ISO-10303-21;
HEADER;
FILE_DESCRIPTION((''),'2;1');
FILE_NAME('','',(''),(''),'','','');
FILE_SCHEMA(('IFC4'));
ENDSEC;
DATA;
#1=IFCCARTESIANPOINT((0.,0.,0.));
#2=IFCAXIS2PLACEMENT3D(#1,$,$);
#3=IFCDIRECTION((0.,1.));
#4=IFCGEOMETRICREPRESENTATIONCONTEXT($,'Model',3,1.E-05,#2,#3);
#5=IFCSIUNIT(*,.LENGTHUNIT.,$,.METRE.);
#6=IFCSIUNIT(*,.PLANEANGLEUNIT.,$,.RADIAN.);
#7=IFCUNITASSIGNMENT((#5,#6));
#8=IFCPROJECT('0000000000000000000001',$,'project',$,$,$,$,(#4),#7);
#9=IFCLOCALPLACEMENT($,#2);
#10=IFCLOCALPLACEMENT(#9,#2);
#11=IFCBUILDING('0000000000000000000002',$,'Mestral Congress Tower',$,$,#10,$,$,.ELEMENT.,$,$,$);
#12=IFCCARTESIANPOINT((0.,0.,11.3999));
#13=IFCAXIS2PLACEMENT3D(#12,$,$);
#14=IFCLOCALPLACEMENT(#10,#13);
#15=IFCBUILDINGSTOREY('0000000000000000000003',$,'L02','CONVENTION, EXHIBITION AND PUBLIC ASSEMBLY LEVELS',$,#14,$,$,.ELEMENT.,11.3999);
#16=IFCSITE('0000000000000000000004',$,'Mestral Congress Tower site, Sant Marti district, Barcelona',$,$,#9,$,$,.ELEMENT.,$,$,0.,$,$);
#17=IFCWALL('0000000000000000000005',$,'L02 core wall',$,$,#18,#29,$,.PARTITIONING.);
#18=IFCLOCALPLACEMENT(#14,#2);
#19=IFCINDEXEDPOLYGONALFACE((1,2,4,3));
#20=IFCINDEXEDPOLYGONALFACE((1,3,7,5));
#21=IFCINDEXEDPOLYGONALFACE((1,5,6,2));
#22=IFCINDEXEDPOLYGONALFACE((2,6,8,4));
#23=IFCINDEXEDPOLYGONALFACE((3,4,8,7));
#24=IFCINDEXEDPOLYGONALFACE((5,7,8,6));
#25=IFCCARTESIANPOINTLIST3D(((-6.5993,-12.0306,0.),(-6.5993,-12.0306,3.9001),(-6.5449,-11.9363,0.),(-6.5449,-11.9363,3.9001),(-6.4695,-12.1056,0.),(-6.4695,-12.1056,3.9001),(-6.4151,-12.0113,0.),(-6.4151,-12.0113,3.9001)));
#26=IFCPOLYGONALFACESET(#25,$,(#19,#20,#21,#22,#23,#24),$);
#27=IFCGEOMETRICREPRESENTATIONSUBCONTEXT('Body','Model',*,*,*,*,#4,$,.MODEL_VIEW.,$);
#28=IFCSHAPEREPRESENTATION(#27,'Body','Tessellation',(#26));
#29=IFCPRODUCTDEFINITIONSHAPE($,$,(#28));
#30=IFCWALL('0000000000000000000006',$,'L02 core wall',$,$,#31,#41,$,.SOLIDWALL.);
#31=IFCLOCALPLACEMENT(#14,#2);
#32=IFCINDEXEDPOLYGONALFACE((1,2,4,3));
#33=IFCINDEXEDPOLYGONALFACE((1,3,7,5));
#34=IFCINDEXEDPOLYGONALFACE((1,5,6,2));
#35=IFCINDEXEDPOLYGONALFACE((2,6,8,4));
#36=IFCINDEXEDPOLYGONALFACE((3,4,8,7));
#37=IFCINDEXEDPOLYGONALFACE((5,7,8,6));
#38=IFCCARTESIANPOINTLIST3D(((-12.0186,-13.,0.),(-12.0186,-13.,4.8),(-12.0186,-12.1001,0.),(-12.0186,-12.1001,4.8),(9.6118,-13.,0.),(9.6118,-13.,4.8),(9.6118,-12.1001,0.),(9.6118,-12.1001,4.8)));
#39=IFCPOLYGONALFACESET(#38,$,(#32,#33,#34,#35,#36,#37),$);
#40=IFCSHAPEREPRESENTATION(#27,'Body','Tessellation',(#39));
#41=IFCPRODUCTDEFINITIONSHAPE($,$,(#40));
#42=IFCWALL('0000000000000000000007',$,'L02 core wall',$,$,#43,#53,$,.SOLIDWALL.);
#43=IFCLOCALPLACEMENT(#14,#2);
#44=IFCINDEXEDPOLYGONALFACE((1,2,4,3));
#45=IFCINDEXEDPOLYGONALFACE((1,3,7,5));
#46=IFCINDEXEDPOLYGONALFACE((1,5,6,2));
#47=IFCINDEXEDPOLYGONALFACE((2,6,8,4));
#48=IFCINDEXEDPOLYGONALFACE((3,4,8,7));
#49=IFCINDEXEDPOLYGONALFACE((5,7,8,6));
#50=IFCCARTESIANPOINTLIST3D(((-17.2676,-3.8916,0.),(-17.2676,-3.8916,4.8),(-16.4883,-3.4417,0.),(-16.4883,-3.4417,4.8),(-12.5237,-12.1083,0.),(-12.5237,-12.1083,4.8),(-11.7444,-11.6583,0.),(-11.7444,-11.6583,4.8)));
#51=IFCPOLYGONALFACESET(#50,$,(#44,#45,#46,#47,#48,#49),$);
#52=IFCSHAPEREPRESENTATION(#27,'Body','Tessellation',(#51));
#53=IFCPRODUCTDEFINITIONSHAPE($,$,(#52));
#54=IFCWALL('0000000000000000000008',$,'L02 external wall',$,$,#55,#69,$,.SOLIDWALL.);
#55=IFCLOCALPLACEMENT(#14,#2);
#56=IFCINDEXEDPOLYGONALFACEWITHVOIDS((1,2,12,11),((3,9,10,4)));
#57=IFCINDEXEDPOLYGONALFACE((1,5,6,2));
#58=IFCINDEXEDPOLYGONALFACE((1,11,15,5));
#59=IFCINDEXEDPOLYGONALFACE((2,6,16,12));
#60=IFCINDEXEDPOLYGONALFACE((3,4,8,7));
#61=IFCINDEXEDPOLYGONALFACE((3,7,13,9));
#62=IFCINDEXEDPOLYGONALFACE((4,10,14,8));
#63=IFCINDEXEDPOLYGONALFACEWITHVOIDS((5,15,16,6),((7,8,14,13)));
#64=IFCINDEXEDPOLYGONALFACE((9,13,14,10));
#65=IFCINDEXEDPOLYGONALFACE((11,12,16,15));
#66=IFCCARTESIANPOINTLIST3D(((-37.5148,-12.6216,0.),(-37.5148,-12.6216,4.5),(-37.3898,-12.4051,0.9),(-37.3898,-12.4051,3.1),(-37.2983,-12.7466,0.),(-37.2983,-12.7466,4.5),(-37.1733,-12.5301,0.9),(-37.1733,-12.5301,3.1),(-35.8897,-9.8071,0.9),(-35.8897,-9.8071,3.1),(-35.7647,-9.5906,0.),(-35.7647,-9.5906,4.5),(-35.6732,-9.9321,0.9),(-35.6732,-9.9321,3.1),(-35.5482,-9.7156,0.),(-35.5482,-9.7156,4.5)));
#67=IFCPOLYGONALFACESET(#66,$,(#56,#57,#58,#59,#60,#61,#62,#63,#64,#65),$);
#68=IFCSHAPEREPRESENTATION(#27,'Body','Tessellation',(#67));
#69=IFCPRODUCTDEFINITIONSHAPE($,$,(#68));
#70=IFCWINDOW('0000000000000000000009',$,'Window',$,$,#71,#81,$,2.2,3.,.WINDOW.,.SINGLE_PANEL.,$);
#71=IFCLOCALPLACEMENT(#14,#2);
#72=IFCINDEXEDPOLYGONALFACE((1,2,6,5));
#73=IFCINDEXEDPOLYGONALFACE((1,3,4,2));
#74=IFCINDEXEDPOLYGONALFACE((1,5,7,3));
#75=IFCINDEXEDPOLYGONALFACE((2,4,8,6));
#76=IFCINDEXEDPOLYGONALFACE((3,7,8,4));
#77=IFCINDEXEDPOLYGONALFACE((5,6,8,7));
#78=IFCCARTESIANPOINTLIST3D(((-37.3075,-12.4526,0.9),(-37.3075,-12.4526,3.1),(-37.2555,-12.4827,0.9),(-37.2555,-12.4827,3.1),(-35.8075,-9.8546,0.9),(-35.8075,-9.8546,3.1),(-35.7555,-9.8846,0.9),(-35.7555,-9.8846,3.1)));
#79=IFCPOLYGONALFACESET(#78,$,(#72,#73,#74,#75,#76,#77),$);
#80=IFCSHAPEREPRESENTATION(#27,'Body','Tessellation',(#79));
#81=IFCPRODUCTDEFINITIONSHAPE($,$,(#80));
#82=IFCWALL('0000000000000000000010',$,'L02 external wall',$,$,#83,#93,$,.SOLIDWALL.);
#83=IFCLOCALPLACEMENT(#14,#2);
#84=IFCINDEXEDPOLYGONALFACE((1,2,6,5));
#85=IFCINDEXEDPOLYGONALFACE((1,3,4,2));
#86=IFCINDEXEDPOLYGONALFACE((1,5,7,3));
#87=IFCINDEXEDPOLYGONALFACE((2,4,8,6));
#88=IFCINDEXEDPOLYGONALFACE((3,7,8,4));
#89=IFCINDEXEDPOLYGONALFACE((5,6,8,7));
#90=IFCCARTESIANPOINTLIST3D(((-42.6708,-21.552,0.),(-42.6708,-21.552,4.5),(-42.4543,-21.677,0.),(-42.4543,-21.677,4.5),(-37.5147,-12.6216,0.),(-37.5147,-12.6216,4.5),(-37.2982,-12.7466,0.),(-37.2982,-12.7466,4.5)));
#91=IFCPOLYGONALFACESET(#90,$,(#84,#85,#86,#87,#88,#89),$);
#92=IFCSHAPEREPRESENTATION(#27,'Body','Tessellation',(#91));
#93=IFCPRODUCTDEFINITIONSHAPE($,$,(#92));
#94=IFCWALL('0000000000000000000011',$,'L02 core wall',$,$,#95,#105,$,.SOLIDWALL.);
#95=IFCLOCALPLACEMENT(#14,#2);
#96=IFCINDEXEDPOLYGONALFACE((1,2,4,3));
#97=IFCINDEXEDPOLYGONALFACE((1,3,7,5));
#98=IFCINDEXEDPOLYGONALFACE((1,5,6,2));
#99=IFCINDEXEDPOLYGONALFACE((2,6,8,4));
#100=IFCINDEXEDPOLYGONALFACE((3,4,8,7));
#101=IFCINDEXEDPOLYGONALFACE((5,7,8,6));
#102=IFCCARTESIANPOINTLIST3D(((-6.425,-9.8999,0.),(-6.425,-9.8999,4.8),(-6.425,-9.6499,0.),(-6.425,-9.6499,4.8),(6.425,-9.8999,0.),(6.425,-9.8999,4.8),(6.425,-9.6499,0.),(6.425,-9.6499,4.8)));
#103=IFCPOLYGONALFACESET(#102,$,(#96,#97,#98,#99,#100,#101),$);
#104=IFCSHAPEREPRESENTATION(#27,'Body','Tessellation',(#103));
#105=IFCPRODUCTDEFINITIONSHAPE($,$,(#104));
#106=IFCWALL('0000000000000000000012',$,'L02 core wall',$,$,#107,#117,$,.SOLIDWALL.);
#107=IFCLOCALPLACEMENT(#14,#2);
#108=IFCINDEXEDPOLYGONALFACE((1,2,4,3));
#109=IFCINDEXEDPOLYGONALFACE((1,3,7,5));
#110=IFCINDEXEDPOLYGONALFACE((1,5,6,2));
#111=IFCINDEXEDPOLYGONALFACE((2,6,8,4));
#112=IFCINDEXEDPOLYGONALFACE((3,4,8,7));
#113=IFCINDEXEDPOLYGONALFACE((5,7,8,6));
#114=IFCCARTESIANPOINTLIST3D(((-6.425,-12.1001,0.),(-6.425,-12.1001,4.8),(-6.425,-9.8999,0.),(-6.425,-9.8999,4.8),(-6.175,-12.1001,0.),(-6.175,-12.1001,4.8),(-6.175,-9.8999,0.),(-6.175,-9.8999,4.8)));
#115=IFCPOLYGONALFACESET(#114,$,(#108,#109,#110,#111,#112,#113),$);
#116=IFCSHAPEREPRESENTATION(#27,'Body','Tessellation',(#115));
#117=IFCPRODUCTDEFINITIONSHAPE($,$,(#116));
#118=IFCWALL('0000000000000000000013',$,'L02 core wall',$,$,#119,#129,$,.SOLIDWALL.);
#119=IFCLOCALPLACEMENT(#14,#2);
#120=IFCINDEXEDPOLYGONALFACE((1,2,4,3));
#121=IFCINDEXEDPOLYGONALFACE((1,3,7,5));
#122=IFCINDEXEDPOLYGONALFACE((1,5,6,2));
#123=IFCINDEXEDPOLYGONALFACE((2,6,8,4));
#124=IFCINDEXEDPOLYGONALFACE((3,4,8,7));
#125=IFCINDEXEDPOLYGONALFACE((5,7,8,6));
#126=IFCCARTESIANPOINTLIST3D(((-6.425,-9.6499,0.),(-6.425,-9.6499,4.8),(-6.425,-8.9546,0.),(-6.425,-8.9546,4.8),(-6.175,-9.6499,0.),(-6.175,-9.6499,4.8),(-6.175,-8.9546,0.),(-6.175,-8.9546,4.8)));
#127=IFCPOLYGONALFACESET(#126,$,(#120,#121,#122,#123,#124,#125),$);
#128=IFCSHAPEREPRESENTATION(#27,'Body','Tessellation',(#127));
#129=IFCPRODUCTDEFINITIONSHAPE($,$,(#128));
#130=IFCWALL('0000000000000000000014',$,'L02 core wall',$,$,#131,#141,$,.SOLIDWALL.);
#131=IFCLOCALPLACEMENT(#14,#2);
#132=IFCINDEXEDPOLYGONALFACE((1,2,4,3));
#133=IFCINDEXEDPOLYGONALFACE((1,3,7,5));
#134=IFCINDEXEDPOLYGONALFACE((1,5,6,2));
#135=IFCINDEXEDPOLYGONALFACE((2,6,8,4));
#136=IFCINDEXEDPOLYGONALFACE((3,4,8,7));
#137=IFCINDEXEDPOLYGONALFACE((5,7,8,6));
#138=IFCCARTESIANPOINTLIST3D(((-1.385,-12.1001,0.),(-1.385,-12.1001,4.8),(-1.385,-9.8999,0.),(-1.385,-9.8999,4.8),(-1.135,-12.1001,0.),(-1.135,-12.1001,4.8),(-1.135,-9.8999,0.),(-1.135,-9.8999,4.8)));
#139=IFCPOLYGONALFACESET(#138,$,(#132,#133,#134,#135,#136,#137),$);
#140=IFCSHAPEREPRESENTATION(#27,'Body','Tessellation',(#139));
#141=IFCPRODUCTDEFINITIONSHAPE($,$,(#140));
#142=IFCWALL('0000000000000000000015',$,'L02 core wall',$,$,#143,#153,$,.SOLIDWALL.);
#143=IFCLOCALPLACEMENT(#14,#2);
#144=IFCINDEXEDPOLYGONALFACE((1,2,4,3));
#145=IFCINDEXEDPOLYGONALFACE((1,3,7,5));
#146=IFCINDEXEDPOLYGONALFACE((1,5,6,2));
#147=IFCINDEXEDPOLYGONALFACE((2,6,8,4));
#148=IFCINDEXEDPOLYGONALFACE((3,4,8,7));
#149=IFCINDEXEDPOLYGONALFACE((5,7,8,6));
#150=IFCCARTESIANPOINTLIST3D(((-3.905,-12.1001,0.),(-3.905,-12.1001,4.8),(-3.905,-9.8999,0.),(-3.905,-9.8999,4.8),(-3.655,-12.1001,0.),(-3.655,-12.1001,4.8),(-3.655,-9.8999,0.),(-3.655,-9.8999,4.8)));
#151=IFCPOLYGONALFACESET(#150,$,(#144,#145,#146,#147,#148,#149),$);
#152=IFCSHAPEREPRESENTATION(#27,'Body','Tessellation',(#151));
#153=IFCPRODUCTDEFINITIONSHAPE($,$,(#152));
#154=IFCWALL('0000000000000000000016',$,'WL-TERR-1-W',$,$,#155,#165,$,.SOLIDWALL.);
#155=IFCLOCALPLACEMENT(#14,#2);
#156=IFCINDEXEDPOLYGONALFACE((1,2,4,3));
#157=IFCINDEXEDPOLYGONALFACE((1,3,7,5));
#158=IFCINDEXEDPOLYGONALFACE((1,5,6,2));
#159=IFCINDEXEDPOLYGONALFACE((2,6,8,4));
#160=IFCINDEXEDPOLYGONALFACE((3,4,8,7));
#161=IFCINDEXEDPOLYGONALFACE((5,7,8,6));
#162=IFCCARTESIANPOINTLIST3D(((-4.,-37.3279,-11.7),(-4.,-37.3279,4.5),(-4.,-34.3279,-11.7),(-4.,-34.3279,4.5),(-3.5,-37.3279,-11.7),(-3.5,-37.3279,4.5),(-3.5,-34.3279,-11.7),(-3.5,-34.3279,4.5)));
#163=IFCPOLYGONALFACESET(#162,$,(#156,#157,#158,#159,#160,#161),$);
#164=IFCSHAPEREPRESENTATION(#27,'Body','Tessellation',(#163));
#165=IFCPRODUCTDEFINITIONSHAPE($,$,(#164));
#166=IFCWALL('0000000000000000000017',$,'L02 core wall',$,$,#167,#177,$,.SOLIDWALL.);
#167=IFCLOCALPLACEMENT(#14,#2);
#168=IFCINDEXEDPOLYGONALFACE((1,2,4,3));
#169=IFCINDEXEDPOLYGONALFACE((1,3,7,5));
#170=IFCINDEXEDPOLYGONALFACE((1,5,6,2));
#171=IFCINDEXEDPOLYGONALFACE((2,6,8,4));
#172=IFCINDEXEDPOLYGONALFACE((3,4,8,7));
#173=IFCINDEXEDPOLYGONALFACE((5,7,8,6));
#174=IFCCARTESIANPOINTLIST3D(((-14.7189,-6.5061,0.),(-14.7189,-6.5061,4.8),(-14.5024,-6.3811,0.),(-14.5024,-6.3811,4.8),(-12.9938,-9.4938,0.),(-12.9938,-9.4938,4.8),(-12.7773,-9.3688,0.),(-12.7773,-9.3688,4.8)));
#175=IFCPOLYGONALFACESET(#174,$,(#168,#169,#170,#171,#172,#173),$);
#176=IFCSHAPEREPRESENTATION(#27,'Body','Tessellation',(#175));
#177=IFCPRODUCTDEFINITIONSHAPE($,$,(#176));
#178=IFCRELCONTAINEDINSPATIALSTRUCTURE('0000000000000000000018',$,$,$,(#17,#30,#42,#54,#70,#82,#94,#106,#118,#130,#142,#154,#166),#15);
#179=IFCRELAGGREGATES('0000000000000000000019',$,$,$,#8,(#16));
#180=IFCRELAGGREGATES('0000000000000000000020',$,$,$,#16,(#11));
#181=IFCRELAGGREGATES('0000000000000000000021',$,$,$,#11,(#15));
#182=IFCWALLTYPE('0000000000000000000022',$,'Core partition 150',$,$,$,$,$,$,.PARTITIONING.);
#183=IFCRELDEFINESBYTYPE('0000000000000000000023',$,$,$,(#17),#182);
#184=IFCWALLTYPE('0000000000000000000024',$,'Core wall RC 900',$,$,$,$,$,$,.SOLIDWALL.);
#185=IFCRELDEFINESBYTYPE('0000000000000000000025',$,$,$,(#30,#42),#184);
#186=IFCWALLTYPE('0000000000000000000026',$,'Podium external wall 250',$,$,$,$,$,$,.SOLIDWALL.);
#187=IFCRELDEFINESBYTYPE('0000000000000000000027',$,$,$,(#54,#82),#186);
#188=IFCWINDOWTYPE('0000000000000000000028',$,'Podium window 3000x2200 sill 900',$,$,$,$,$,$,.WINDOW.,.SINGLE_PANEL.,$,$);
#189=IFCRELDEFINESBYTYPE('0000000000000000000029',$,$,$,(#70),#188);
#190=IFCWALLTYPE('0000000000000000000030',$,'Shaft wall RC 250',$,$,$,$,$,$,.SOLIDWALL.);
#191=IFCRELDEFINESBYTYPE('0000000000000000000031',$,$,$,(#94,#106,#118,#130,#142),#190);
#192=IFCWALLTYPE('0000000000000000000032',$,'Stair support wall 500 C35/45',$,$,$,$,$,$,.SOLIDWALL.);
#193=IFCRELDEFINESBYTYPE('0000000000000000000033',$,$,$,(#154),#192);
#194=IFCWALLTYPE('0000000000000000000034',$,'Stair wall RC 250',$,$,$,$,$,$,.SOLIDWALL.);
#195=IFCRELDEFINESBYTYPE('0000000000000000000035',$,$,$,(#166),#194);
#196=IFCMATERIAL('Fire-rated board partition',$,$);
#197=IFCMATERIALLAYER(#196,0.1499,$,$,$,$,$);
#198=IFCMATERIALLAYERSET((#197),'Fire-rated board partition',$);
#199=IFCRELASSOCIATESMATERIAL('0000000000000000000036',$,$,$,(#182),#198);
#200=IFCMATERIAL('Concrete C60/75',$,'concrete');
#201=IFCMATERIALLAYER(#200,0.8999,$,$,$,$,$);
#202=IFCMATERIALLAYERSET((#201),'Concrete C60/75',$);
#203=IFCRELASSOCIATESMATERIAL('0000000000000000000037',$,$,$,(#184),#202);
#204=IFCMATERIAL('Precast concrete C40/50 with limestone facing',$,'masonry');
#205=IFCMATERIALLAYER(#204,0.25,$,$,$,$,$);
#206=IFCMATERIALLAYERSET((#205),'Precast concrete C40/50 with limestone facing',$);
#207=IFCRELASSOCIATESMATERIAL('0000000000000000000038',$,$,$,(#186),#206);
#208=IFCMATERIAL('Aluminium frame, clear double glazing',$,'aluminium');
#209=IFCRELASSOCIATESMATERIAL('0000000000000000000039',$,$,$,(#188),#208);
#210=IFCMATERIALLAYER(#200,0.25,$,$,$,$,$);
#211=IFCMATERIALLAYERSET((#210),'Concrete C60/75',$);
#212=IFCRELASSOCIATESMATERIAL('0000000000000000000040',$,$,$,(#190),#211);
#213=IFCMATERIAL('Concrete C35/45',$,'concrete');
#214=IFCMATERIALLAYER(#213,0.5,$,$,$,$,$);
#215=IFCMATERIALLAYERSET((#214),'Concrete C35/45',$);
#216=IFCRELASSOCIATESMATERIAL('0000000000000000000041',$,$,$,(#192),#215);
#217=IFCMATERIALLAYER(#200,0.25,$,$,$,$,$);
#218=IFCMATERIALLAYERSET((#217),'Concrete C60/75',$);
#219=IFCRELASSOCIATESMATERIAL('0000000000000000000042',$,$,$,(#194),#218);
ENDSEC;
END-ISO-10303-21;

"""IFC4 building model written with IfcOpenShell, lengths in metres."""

from ifc_helpers import new_model, si_unit, direction, frame, frame_2d, origin, place, context, subcontext, project, spatial, rectangle, extrude, material, layer, layer_set, type_object, element, fill, save


model = new_model("IFC4")

# Units and contexts
model_context = context("Model", 3, precision=1e-05, world=origin(), true_north=direction((0.0, 1.0)))
body_context = subcontext(model_context, "Body", "Model", "MODEL_VIEW")
ifc_project = project(units=[si_unit("LENGTHUNIT", "METRE"), si_unit("PLANEANGLEUNIT", "RADIAN")], contexts=[model_context])

# Site, building, storey
site_placement = place(None, origin())
site = spatial("IfcSite", under=ifc_project, at=site_placement, Name="Mestral Congress Tower site, Sant Marti district, Barcelona", CompositionType="ELEMENT", RefElevation=0.0)
building_placement = place(site_placement, origin())
building = spatial("IfcBuilding", under=site, at=building_placement, Name="Mestral Congress Tower", CompositionType="ELEMENT")
storey_placement = place(building_placement, frame((0.0, 0.0, 11.3999)))
storey = spatial("IfcBuildingStorey", under=building, at=storey_placement, Name="L02", Description="CONVENTION, EXHIBITION AND PUBLIC ASSEMBLY LEVELS", CompositionType="ELEMENT", Elevation=11.3999)

# Walls
ifc_material_1 = material(Name="Fire-rated board partition")
ifc_layer_1 = layer(ifc_material_1, 0.1499)
ifc_layer_set_1 = layer_set([ifc_layer_1], Name="Fire-rated board partition")
wall_type_1 = type_object("IfcWallType", Name="Core partition 150", PredefinedType="PARTITIONING", material=ifc_layer_set_1)
wall_1_placement = place(storey_placement, frame((-6.5344, -12.0681, 0.0), z_axis=(0.0, 0.0, 1.0), x_axis=(0.50024, 0.865887, 0.0)))
element("IfcWall", 1, at=wall_1_placement, inside=storey, type_object=wall_type_1, Name="L02 core wall", PredefinedType="PARTITIONING", context=body_context, shape_type="SweptSolid", body=[
    extrude(rectangle(XDim=0.1089, YDim=0.1499, at=frame_2d((0.0544, 0.0))), origin(), (0.0, 0.0, 1.0), 3.9001),
])
ifc_material_2 = material(Name="Concrete C60/75", Category="concrete")
ifc_layer_2 = layer(ifc_material_2, 0.8999)
ifc_layer_set_2 = layer_set([ifc_layer_2], Name="Concrete C60/75")
wall_type_2 = type_object("IfcWallType", Name="Core wall RC 900", PredefinedType="SOLIDWALL", material=ifc_layer_set_2)
wall_2_placement = place(storey_placement, frame((-12.0186, -12.55, 0.0), z_axis=(0.0, 0.0, 1.0), x_axis=(1.0, 0.0, 0.0)))
element("IfcWall", 2, at=wall_2_placement, inside=storey, type_object=wall_type_2, Name="L02 core wall", PredefinedType="SOLIDWALL", context=body_context, shape_type="SweptSolid", body=[
    extrude(rectangle(XDim=21.6304, YDim=0.8999, at=frame_2d((10.8152, 0.0))), origin(), (0.0, 0.0, 1.0), 4.8),
])
wall_3_placement = place(storey_placement, frame((-12.134, -11.8833, 0.0), z_axis=(0.0, 0.0, 1.0), x_axis=(-0.500005, 0.866022, 0.0)))
element("IfcWall", 3, at=wall_3_placement, inside=storey, type_object=wall_type_2, Name="L02 core wall", PredefinedType="SOLIDWALL", context=body_context, shape_type="SweptSolid", body=[
    extrude(rectangle(XDim=9.4878, YDim=0.8999, at=frame_2d((4.7439, 0.0))), origin(), (0.0, 0.0, 1.0), 4.8),
])

# Wall, opening, window
ifc_material_3 = material(Name="Precast concrete C40/50 with limestone facing", Category="masonry")
ifc_layer_3 = layer(ifc_material_3, 0.25)
ifc_layer_set_3 = layer_set([ifc_layer_3], Name="Precast concrete C40/50 with limestone facing")
wall_type_3 = type_object("IfcWallType", Name="Podium external wall 250", PredefinedType="SOLIDWALL", material=ifc_layer_set_3)
wall_4_placement = place(storey_placement, frame((-35.6565, -9.6531, 0.0), z_axis=(0.0, 0.0, 1.0), x_axis=(-0.50001, -0.866019, 0.0)))
wall_4 = element("IfcWall", 4, at=wall_4_placement, inside=storey, type_object=wall_type_3, Name="L02 external wall", PredefinedType="SOLIDWALL", context=body_context, shape_type="SweptSolid", body=[
    extrude(rectangle(XDim=3.5, YDim=0.25, at=frame_2d((1.75, 0.0))), origin(), (0.0, 0.0, 1.0), 4.5),
])
opening_placement = place(wall_4_placement, frame((0.25, 0.0, 0.8999)))
opening = element("IfcOpeningElement", 5, at=opening_placement, cuts=wall_4, PredefinedType="OPENING", context=body_context, shape_type="SweptSolid", body=[
    extrude(rectangle(XDim=3.0, YDim=2.2, at=frame_2d((1.5, 1.1001))), frame((0.0, 0.135, 0.0), z_axis=(0.0, -1.0, 0.0), x_axis=(1.0, 0.0, 0.0)), (0.0, 0.0, 1.0), 0.27),
])
ifc_material_4 = material(Name="Aluminium frame, clear double glazing", Category="aluminium")
window_type = type_object("IfcWindowType", Name="Podium window 3000x2200 sill 900", PartitioningType="SINGLE_PANEL", PredefinedType="WINDOW", material=ifc_material_4)
window_placement = place(opening_placement, origin())
window = element("IfcWindow", 6, at=window_placement, inside=storey, type_object=window_type, Name="Window", OverallHeight=2.2, OverallWidth=3.0, PartitioningType="SINGLE_PANEL", PredefinedType="WINDOW", context=body_context, shape_type="SweptSolid", body=[
    extrude(rectangle(XDim=3.0, YDim=2.2, at=frame_2d((1.5, 1.1001))), frame((0.0, 0.03, 0.0), z_axis=(0.0, -1.0, 0.0), x_axis=(1.0, 0.0, 0.0)), (0.0, 0.0, 1.0), 0.0601),
])
fill(opening, window)

# Walls
wall_5_placement = place(storey_placement, frame((-37.4065, -12.6841, 0.0), z_axis=(0.0, 0.0, 1.0), x_axis=(-0.500002, -0.866024, 0.0)))
element("IfcWall", 7, at=wall_5_placement, inside=storey, type_object=wall_type_3, Name="L02 external wall", PredefinedType="SOLIDWALL", context=body_context, shape_type="SweptSolid", body=[
    extrude(rectangle(XDim=10.312, YDim=0.25, at=frame_2d((5.156, 0.0))), origin(), (0.0, 0.0, 1.0), 4.5),
])
ifc_layer_4 = layer(ifc_material_2, 0.25)
ifc_layer_set_4 = layer_set([ifc_layer_4], Name="Concrete C60/75")
wall_type_4 = type_object("IfcWallType", Name="Shaft wall RC 250", PredefinedType="SOLIDWALL", material=ifc_layer_set_4)
wall_6_placement = place(storey_placement, frame((-6.425, -9.7749, 0.0), z_axis=(0.0, 0.0, 1.0), x_axis=(1.0, 0.0, 0.0)))
element("IfcWall", 8, at=wall_6_placement, inside=storey, type_object=wall_type_4, Name="L02 core wall", PredefinedType="SOLIDWALL", context=body_context, shape_type="SweptSolid", body=[
    extrude(rectangle(XDim=12.8501, YDim=0.25, at=frame_2d((6.425, 0.0))), origin(), (0.0, 0.0, 1.0), 4.8),
])
wall_7_placement = place(storey_placement, frame((-6.3, -9.8999, 0.0), z_axis=(0.0, 0.0, 1.0), x_axis=(0.0, -1.0, 0.0)))
element("IfcWall", 9, at=wall_7_placement, inside=storey, type_object=wall_type_4, Name="L02 core wall", PredefinedType="SOLIDWALL", context=body_context, shape_type="SweptSolid", body=[
    extrude(rectangle(XDim=2.2002, YDim=0.25, at=frame_2d((1.1001, 0.0))), origin(), (0.0, 0.0, 1.0), 4.8),
])
wall_8_placement = place(storey_placement, frame((-6.3, -9.6499, 0.0), z_axis=(0.0, 0.0, 1.0), x_axis=(0.0, 1.0, 0.0)))
element("IfcWall", 10, at=wall_8_placement, inside=storey, type_object=wall_type_4, Name="L02 core wall", PredefinedType="SOLIDWALL", context=body_context, shape_type="SweptSolid", body=[
    extrude(rectangle(XDim=0.6953, YDim=0.25, at=frame_2d((0.3477, 0.0))), origin(), (0.0, 0.0, 1.0), 4.8),
])
for number, where, z_axis, x_axis, name in (
    (11, (-1.26, -9.8999, 0.0), (0.0, 0.0, 1.0), (0.0, -1.0, 0.0), "L02 core wall"),
    (12, (-3.78, -9.8999, 0.0), (0.0, 0.0, 1.0), (0.0, -1.0, 0.0), "L02 core wall"),
):
    element("IfcWall", number, at=place(storey_placement, frame(where, z_axis=z_axis, x_axis=x_axis)), inside=storey, type_object=wall_type_4, Name=name, PredefinedType="SOLIDWALL", context=body_context, shape_type="SweptSolid", body=[
        extrude(rectangle(XDim=2.2002, YDim=0.25, at=frame_2d((1.1001, 0.0))), origin(), (0.0, 0.0, 1.0), 4.8),
    ])
ifc_material_5 = material(Name="Concrete C35/45", Category="concrete")
ifc_layer_5 = layer(ifc_material_5, 0.5)
ifc_layer_set_5 = layer_set([ifc_layer_5], Name="Concrete C35/45")
wall_type_5 = type_object("IfcWallType", Name="Stair support wall 500 C35/45", PredefinedType="SOLIDWALL", material=ifc_layer_set_5)
wall_9_placement = place(storey_placement, frame((-3.75, -37.3279, -11.7), z_axis=(0.0, 0.0, 1.0), x_axis=(0.0, 1.0, 0.0)))
element("IfcWall", 13, at=wall_9_placement, inside=storey, type_object=wall_type_5, Name="WL-TERR-1-W", PredefinedType="SOLIDWALL", context=body_context, shape_type="SweptSolid", body=[
    extrude(rectangle(XDim=3.0, YDim=0.5, at=frame_2d((1.5, 0.0))), origin(), (0.0, 0.0, 1.0), 16.2),
])
ifc_layer_6 = layer(ifc_material_2, 0.25)
ifc_layer_set_6 = layer_set([ifc_layer_6], Name="Concrete C60/75")
wall_type_6 = type_object("IfcWallType", Name="Stair wall RC 250", PredefinedType="SOLIDWALL", material=ifc_layer_set_6)
wall_10_placement = place(storey_placement, frame((-12.8855, -9.4314, 0.0), z_axis=(0.0, 0.0, 1.0), x_axis=(-0.500021, 0.866014, 0.0)))
element("IfcWall", 14, at=wall_10_placement, inside=storey, type_object=wall_type_6, Name="L02 core wall", PredefinedType="SOLIDWALL", context=body_context, shape_type="SweptSolid", body=[
    extrude(rectangle(XDim=3.45, YDim=0.25, at=frame_2d((1.7251, 0.0))), origin(), (0.0, 0.0, 1.0), 4.8),
])

save(model, "model.ifc")
